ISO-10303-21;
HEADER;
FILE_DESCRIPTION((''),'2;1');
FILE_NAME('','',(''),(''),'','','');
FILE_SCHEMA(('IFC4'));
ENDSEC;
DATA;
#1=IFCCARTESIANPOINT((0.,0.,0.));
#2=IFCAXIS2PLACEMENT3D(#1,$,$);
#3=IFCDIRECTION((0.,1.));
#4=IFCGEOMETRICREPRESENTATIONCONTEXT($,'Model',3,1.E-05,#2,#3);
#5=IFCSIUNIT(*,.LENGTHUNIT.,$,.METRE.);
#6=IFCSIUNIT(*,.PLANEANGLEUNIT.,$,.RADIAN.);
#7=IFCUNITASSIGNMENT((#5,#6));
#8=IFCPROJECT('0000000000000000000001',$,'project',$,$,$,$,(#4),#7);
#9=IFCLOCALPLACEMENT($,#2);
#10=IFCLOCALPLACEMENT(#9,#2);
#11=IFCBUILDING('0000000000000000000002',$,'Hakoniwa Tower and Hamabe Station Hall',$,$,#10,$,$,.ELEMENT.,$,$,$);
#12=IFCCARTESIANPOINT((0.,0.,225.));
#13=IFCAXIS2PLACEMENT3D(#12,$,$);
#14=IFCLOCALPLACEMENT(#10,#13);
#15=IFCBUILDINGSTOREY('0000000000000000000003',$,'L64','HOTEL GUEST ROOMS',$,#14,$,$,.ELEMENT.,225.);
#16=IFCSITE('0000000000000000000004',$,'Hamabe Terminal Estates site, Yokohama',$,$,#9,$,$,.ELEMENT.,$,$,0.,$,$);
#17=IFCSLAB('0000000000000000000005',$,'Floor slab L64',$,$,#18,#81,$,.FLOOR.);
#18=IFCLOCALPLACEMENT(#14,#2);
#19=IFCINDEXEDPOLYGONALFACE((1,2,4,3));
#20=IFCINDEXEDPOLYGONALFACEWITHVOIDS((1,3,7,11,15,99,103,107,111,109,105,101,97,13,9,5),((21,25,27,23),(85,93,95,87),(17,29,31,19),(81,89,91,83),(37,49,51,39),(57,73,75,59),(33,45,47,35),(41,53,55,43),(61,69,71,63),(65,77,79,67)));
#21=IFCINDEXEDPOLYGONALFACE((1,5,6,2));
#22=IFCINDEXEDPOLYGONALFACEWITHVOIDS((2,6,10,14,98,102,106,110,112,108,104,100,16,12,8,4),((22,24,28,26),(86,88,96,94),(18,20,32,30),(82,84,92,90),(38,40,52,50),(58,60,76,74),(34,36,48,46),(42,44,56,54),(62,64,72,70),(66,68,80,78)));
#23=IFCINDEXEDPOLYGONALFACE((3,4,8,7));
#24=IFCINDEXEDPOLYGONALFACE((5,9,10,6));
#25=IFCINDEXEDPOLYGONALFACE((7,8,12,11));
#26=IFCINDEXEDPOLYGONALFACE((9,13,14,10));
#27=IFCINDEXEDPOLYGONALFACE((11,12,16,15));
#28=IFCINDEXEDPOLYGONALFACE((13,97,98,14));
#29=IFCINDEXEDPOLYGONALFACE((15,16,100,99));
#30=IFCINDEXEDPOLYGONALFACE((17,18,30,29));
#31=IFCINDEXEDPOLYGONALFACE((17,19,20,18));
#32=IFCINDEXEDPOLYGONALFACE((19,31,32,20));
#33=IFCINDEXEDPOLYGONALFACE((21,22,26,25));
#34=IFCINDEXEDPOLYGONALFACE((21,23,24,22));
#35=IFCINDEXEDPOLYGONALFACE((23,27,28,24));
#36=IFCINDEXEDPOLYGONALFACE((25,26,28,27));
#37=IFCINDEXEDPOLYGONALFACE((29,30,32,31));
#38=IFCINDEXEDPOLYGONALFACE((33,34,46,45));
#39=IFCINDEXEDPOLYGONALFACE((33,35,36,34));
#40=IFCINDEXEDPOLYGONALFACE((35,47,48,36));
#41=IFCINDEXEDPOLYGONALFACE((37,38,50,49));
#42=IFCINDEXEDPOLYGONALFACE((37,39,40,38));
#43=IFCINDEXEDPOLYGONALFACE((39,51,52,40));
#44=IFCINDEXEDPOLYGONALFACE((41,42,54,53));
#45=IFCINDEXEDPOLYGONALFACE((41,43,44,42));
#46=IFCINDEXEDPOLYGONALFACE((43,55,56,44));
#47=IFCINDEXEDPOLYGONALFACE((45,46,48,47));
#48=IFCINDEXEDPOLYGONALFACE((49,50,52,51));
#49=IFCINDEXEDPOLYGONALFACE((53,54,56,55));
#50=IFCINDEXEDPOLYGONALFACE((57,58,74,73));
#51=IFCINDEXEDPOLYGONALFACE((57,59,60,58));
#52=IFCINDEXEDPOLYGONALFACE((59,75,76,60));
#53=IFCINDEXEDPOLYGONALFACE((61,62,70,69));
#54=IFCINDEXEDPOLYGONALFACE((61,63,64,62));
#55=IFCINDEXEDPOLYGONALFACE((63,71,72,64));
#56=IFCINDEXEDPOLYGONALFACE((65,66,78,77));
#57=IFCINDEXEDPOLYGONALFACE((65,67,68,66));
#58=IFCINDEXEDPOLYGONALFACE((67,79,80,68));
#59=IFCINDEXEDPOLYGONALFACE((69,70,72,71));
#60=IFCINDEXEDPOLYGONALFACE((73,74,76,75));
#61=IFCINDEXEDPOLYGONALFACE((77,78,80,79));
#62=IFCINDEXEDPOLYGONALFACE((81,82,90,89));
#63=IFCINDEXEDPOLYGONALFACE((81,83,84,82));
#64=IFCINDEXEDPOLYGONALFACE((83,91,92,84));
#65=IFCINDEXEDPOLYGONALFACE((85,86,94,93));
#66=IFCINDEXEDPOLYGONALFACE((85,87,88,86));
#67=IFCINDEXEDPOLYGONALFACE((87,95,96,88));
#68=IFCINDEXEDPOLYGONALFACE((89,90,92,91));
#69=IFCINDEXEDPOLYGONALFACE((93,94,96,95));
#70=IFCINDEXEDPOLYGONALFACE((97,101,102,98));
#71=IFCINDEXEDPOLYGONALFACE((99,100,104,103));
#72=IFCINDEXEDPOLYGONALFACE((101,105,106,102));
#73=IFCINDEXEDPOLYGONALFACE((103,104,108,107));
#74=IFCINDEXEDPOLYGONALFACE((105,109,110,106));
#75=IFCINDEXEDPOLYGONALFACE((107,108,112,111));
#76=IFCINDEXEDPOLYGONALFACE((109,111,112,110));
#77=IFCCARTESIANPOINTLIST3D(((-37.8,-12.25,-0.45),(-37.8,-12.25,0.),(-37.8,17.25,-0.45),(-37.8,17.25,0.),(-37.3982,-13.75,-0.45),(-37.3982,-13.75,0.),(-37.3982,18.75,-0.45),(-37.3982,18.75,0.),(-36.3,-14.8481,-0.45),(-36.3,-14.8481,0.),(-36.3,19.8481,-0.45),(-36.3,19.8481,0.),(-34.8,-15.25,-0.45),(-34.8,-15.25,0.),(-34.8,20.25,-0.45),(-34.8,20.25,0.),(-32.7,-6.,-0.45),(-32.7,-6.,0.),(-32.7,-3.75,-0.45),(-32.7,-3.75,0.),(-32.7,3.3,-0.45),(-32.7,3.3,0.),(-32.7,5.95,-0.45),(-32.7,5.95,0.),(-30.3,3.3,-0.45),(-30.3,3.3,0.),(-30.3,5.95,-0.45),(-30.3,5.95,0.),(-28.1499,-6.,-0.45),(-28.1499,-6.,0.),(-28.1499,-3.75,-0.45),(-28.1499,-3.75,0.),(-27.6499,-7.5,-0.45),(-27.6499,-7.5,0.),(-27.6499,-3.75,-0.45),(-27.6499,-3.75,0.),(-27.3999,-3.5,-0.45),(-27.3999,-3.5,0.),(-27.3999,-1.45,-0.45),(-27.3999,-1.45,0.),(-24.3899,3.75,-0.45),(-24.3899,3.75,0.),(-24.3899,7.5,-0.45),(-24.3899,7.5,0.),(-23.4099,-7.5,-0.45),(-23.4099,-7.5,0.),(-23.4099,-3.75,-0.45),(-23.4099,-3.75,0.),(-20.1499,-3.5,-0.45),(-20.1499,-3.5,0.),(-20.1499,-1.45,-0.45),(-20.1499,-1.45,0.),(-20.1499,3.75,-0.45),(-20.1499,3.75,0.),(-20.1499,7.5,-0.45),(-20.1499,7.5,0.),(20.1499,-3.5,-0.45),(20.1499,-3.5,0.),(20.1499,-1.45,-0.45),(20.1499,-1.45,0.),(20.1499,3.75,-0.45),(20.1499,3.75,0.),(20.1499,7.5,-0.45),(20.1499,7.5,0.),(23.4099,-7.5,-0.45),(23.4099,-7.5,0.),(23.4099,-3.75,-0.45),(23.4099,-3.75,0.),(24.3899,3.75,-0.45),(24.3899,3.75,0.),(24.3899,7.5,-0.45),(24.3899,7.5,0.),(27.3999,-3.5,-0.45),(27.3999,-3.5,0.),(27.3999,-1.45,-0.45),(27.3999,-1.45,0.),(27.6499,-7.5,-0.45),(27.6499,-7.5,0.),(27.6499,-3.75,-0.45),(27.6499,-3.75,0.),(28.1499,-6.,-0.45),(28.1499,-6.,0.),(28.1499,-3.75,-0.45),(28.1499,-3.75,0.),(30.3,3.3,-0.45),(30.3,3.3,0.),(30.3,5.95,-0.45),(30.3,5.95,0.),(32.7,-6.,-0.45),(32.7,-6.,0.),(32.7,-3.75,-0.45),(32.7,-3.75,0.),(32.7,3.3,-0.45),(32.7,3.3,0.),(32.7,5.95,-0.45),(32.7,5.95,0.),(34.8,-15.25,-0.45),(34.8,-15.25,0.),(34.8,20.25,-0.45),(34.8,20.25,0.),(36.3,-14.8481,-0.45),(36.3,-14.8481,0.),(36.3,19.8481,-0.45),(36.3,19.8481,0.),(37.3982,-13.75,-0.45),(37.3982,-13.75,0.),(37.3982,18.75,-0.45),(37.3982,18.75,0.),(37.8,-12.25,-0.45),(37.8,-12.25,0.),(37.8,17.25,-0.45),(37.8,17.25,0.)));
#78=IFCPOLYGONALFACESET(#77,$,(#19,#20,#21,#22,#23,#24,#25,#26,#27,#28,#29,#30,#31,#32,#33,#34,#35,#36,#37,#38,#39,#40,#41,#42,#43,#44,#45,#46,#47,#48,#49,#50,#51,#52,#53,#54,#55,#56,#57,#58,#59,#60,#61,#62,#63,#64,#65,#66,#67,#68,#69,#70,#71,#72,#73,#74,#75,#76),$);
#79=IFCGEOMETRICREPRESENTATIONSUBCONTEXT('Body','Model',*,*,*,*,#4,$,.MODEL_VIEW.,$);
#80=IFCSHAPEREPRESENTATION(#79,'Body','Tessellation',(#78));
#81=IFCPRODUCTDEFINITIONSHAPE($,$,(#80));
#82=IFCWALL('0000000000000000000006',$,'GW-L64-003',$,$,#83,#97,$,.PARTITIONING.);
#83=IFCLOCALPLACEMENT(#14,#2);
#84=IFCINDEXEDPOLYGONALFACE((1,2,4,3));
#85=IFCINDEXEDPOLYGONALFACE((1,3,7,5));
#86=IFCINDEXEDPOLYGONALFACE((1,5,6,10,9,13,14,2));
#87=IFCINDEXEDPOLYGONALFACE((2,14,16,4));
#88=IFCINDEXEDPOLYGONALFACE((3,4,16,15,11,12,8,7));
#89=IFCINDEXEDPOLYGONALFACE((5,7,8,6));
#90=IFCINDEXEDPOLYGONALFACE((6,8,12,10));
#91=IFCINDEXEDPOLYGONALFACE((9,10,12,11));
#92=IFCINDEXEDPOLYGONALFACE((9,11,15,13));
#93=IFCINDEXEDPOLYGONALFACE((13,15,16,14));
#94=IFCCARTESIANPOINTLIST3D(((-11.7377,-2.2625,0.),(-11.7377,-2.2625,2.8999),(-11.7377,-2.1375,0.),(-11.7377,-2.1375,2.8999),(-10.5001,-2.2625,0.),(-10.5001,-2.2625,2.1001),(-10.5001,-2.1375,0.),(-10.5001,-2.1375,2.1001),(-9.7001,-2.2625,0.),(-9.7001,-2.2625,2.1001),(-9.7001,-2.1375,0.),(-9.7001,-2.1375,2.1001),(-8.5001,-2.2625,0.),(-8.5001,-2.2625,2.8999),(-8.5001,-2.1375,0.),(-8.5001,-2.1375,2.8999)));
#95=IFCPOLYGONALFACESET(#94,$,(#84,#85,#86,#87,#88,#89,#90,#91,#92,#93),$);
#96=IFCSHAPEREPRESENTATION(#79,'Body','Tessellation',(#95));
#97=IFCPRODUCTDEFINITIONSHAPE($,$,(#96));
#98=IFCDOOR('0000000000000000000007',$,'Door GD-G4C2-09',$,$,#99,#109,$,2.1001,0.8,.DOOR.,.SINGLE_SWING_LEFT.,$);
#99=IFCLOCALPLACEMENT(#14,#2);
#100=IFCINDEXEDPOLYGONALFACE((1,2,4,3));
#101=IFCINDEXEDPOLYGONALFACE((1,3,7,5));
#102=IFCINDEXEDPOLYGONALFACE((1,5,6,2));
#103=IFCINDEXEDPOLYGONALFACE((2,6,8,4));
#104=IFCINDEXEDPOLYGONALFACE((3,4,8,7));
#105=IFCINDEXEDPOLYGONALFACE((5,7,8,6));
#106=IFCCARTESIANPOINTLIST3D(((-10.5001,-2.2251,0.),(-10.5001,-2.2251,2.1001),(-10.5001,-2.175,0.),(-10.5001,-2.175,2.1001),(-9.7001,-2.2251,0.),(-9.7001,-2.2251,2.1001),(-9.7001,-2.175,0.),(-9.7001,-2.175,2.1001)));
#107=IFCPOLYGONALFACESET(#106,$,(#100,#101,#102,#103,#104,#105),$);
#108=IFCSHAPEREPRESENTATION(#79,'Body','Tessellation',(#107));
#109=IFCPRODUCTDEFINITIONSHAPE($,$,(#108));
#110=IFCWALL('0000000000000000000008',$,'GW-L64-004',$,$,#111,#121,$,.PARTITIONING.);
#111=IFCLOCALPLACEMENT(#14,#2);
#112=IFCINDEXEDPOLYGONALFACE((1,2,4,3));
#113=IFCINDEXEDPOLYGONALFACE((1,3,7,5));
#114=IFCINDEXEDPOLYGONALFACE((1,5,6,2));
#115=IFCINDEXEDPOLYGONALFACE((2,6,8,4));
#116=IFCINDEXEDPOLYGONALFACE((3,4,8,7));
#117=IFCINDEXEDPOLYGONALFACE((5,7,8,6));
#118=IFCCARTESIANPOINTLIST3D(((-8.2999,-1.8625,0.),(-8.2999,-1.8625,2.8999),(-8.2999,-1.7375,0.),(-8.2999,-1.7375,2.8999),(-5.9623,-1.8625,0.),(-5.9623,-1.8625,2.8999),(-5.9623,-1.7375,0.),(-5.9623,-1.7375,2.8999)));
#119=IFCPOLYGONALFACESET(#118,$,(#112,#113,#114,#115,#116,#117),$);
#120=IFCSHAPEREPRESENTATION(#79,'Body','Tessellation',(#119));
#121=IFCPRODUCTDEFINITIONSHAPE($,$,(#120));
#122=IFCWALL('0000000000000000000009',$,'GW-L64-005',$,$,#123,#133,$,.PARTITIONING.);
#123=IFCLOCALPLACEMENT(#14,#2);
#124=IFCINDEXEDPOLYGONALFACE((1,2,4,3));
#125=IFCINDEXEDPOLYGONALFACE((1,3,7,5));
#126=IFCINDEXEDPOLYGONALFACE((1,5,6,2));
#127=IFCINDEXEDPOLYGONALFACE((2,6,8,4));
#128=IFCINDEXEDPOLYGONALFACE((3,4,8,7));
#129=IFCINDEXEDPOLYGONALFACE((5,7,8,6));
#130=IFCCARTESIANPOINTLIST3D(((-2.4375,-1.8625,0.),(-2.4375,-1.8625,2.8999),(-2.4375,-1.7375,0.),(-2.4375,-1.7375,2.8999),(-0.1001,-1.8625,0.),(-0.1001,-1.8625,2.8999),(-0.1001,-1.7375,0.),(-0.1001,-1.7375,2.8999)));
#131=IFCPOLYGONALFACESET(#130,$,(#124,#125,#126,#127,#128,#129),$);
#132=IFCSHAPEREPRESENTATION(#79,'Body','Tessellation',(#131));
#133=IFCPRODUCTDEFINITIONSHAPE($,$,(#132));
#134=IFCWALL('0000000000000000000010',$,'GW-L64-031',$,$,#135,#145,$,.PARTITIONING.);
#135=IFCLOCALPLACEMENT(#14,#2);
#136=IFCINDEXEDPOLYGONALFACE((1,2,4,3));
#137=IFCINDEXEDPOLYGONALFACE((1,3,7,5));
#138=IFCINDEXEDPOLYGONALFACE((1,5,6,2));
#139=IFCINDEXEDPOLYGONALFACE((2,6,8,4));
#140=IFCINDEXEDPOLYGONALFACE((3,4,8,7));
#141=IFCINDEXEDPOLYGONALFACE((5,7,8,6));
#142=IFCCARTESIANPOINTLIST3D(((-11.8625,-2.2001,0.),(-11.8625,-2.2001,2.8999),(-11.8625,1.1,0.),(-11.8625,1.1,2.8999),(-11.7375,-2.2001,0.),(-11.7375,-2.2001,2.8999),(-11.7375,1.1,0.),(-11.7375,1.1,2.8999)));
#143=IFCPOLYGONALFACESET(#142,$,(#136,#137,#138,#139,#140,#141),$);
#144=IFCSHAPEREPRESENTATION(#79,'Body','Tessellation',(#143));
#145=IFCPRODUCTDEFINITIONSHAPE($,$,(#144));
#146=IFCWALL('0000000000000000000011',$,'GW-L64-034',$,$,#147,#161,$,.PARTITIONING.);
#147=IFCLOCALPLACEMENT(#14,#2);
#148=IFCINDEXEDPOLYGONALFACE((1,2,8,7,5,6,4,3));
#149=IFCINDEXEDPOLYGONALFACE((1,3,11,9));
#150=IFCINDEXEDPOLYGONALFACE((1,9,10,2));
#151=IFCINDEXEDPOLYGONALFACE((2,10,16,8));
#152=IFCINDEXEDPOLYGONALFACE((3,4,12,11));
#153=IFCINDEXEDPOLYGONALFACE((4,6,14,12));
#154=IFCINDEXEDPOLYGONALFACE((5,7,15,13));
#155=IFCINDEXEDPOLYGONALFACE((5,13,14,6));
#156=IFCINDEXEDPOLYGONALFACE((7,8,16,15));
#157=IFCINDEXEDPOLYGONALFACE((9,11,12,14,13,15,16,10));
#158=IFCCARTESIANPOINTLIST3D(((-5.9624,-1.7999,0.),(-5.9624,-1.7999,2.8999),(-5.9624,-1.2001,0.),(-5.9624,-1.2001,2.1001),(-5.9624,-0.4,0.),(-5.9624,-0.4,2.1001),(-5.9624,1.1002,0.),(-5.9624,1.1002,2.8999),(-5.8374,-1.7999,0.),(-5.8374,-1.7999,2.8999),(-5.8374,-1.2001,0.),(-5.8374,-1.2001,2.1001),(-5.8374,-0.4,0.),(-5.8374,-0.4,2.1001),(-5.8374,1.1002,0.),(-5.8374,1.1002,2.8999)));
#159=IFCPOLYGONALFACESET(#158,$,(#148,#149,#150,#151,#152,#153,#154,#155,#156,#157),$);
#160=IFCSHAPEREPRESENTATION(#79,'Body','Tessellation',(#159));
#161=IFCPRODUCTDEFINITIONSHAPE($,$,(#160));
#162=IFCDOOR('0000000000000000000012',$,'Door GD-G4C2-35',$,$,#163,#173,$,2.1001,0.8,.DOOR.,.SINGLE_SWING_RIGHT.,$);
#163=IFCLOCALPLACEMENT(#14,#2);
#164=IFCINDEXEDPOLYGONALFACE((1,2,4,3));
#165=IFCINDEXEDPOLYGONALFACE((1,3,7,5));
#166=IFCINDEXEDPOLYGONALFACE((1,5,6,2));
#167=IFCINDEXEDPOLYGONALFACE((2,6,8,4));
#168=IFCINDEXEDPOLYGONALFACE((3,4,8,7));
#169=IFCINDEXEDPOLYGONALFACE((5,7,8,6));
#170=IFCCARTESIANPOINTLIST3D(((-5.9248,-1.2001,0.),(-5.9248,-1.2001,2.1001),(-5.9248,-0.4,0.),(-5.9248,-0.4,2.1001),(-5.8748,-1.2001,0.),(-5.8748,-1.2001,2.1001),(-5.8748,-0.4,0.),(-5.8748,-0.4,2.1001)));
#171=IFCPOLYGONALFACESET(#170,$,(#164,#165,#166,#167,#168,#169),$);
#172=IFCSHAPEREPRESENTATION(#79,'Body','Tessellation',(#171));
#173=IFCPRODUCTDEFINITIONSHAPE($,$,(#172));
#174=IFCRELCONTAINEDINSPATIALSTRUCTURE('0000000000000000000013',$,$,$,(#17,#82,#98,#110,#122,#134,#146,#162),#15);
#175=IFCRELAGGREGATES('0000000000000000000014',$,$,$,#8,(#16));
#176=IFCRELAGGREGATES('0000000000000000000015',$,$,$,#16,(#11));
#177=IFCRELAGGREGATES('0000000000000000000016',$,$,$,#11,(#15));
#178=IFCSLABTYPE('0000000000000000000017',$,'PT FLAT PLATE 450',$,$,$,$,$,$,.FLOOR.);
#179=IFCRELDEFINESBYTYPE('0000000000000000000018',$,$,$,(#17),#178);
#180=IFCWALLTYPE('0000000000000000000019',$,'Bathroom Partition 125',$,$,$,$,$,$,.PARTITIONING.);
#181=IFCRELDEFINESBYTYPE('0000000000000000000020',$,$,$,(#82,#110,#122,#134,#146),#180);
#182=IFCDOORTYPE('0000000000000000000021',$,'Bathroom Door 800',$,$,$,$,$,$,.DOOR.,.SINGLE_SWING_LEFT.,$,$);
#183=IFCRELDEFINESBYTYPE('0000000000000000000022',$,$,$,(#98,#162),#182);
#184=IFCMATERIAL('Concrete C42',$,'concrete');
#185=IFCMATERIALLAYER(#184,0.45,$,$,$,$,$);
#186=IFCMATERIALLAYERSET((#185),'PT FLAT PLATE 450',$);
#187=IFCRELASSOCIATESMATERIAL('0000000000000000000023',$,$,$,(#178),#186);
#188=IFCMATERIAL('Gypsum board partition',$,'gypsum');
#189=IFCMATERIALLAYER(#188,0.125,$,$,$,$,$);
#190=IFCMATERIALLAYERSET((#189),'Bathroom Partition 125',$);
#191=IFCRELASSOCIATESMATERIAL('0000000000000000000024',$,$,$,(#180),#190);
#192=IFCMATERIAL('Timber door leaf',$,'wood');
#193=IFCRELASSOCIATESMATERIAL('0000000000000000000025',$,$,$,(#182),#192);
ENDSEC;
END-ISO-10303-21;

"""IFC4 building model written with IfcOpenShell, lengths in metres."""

from ifc_helpers import new_model, si_unit, direction, frame, frame_2d, origin, place, context, subcontext, project, spatial, polyline, rectangle, outline, extrude, material, layer, layer_set, type_object, element, fill, save


model = new_model("IFC4")

# Units and contexts
model_context = context("Model", 3, precision=1e-05, world=origin(), true_north=direction((0.0, 1.0)))
body_context = subcontext(model_context, "Body", "Model", "MODEL_VIEW")
ifc_project = project(units=[si_unit("LENGTHUNIT", "METRE"), si_unit("PLANEANGLEUNIT", "RADIAN")], contexts=[model_context])

# Site, building, storey
site_placement = place(None, origin())
site = spatial("IfcSite", under=ifc_project, at=site_placement, Name="Hamabe Terminal Estates site, Yokohama", CompositionType="ELEMENT", RefElevation=0.0)
building_placement = place(site_placement, origin())
building = spatial("IfcBuilding", under=site, at=building_placement, Name="Hakoniwa Tower and Hamabe Station Hall", CompositionType="ELEMENT")
storey_placement = place(building_placement, frame((0.0, 0.0, 225.0)))
storey = spatial("IfcBuildingStorey", under=building, at=storey_placement, Name="L64", Description="HOTEL GUEST ROOMS", CompositionType="ELEMENT", Elevation=225.0)

# Slab
ifc_material_1 = material(Name="Concrete C42", Category="concrete")
ifc_layer_1 = layer(ifc_material_1, 0.45)
ifc_layer_set_1 = layer_set([ifc_layer_1], Name="PT FLAT PLATE 450")
slab_type = type_object("IfcSlabType", Name="PT FLAT PLATE 450", PredefinedType="FLOOR", material=ifc_layer_set_1)
slab_placement = place(storey_placement, frame((0.0, 0.0, -0.45)))
element("IfcSlab", 1, at=slab_placement, inside=storey, type_object=slab_type, Name="Floor slab L64", PredefinedType="FLOOR", context=body_context, shape_type="SweptSolid", body=[
    extrude(outline(polyline([(37.8, -12.25), (37.8, 17.25), (37.3982, 18.75), (36.3, 19.8481), (34.8, 20.25), (-34.8, 20.25), (-36.3, 19.8481), (-37.3982, 18.75), (-37.8, 17.25), (-37.8, -12.25), (-37.3982, -13.75), (-36.3, -14.8481), (-34.8, -15.25), (34.8, -15.25), (36.3, -14.8481), (37.3982, -13.75), (37.8, -12.25)]), holes=[polyline([(-27.3999, -3.5), (-27.3999, -1.45), (-20.1499, -1.45), (-20.1499, -3.5), (-27.3999, -3.5)]), polyline([(-32.7, 3.3), (-32.7, 5.95), (-30.3, 5.95), (-30.3, 3.3), (-32.7, 3.3)]), polyline([(-32.7, -6.0), (-32.7, -3.75), (-28.1499, -3.75), (-28.1499, -6.0), (-32.7, -6.0)]), polyline([(-24.3899, 3.75), (-24.3899, 7.5), (-20.1499, 7.5), (-20.1499, 3.75), (-24.3899, 3.75)]), polyline([(-27.6499, -7.5), (-27.6499, -3.75), (-23.4099, -3.75), (-23.4099, -7.5), (-27.6499, -7.5)]), polyline([(20.1499, -3.5), (20.1499, -1.45), (27.3999, -1.45), (27.3999, -3.5), (20.1499, -3.5)]), polyline([(30.3, 3.3), (30.3, 5.95), (32.7, 5.95), (32.7, 3.3), (30.3, 3.3)]), polyline([(28.1499, -6.0), (28.1499, -3.75), (32.7, -3.75), (32.7, -6.0), (28.1499, -6.0)]), polyline([(20.1499, 3.75), (20.1499, 7.5), (24.3899, 7.5), (24.3899, 3.75), (20.1499, 3.75)]), polyline([(23.4099, -7.5), (23.4099, -3.75), (27.6499, -3.75), (27.6499, -7.5), (23.4099, -7.5)])]), origin(), (0.0, 0.0, 1.0), 0.45),
])

# Wall, opening, door
ifc_material_2 = material(Name="Gypsum board partition", Category="gypsum")
ifc_layer_2 = layer(ifc_material_2, 0.125)
ifc_layer_set_2 = layer_set([ifc_layer_2], Name="Bathroom Partition 125")
wall_type_1 = type_object("IfcWallType", Name="Bathroom Partition 125", PredefinedType="PARTITIONING", material=ifc_layer_set_2)
wall_1_placement = place(storey_placement, frame((-11.7375, -2.2, 0.0), z_axis=(0.0, 0.0, 1.0), x_axis=(1.0, 0.0, 0.0)))
wall_1 = element("IfcWall", 2, at=wall_1_placement, inside=storey, type_object=wall_type_1, Name="GW-L64-003", PredefinedType="PARTITIONING", context=body_context, shape_type="SweptSolid", body=[
    extrude(rectangle(XDim=3.2375, YDim=0.125, at=frame_2d((1.6187, 0.0))), origin(), (0.0, 0.0, 1.0), 2.8999),
])
opening_1_placement = place(wall_1_placement, frame((1.2375, 0.0, 0.0)))
opening_1 = element("IfcOpeningElement", 3, at=opening_1_placement, cuts=wall_1, PredefinedType="OPENING", context=body_context, shape_type="SweptSolid", body=[
    extrude(rectangle(XDim=0.8, YDim=2.1001, at=frame_2d((0.3999, 1.05))), frame((0.0, 0.0725, 0.0), z_axis=(0.0, -1.0, 0.0), x_axis=(1.0, 0.0, 0.0)), (0.0, 0.0, 1.0), 0.145),
])
ifc_material_3 = material(Name="Timber door leaf", Category="wood")
door_type_1 = type_object("IfcDoorType", Name="Bathroom Door 800", OperationType="SINGLE_SWING_LEFT", PredefinedType="DOOR", material=ifc_material_3)
door_1_placement = place(opening_1_placement, origin())
door_1 = element("IfcDoor", 4, at=door_1_placement, inside=storey, type_object=door_type_1, Name="Door GD-G4C2-09", OperationType="SINGLE_SWING_LEFT", OverallHeight=2.1001, OverallWidth=0.8, PredefinedType="DOOR", context=body_context, shape_type="SweptSolid", body=[
    extrude(rectangle(XDim=0.8, YDim=2.1001, at=frame_2d((0.3999, 1.05))), frame((0.0, 0.0249, 0.0), z_axis=(0.0, -1.0, 0.0), x_axis=(1.0, 0.0, 0.0)), (0.0, 0.0, 1.0), 0.05),
])
fill(opening_1, door_1)

# Walls
wall_2_placement = place(storey_placement, frame((-8.3, -1.8, 0.0), z_axis=(0.0, 0.0, 1.0), x_axis=(1.0, 0.0, 0.0)))
element("IfcWall", 5, at=wall_2_placement, inside=storey, type_object=wall_type_1, Name="GW-L64-004", PredefinedType="PARTITIONING", context=body_context, shape_type="SweptSolid", body=[
    extrude(rectangle(XDim=2.3376, YDim=0.125, at=frame_2d((1.1689, 0.0))), origin(), (0.0, 0.0, 1.0), 2.8999),
])
wall_3_placement = place(storey_placement, frame((-2.4375, -1.8, 0.0), z_axis=(0.0, 0.0, 1.0), x_axis=(1.0, 0.0, 0.0)))
element("IfcWall", 6, at=wall_3_placement, inside=storey, type_object=wall_type_1, Name="GW-L64-005", PredefinedType="PARTITIONING", context=body_context, shape_type="SweptSolid", body=[
    extrude(rectangle(XDim=2.3374, YDim=0.125, at=frame_2d((1.1687, 0.0))), origin(), (0.0, 0.0, 1.0), 2.8999),
])
wall_4_placement = place(storey_placement, frame((-11.8, -2.2, 0.0), z_axis=(0.0, 0.0, 1.0), x_axis=(0.0, 1.0, 0.0)))
element("IfcWall", 7, at=wall_4_placement, inside=storey, type_object=wall_type_1, Name="GW-L64-031", PredefinedType="PARTITIONING", context=body_context, shape_type="SweptSolid", body=[
    extrude(rectangle(XDim=3.3, YDim=0.125, at=frame_2d((1.6499, 0.0))), origin(), (0.0, 0.0, 1.0), 2.8999),
])

# Wall, opening, door
wall_5_placement = place(storey_placement, frame((-5.8999, -1.8, 0.0), z_axis=(0.0, 0.0, 1.0), x_axis=(0.0, 1.0, 0.0)))
wall_5 = element("IfcWall", 8, at=wall_5_placement, inside=storey, type_object=wall_type_1, Name="GW-L64-034", PredefinedType="PARTITIONING", context=body_context, shape_type="SweptSolid", body=[
    extrude(rectangle(XDim=2.9001, YDim=0.125, at=frame_2d((1.4502, 0.0))), origin(), (0.0, 0.0, 1.0), 2.8999),
])
opening_2_placement = place(wall_5_placement, frame((0.6001, 0.0, 0.0)))
opening_2 = element("IfcOpeningElement", 9, at=opening_2_placement, cuts=wall_5, PredefinedType="OPENING", context=body_context, shape_type="SweptSolid", body=[
    extrude(rectangle(XDim=0.8, YDim=2.1001, at=frame_2d((0.3999, 1.05))), frame((0.0, 0.0725, 0.0), z_axis=(0.0, -1.0, 0.0), x_axis=(1.0, 0.0, 0.0)), (0.0, 0.0, 1.0), 0.145),
])
door_2_placement = place(opening_2_placement, origin())
door_2 = element("IfcDoor", 10, at=door_2_placement, inside=storey, type_object=door_type_1, Name="Door GD-G4C2-35", OperationType="SINGLE_SWING_RIGHT", OverallHeight=2.1001, OverallWidth=0.8, PredefinedType="DOOR", context=body_context, shape_type="SweptSolid", body=[
    extrude(rectangle(XDim=0.8, YDim=2.1001, at=frame_2d((0.3999, 1.05))), frame((0.0, 0.0249, 0.0), z_axis=(0.0, -1.0, 0.0), x_axis=(1.0, 0.0, 0.0)), (0.0, 0.0, 1.0), 0.05),
])
fill(opening_2, door_2)

save(model, "model.ifc")
